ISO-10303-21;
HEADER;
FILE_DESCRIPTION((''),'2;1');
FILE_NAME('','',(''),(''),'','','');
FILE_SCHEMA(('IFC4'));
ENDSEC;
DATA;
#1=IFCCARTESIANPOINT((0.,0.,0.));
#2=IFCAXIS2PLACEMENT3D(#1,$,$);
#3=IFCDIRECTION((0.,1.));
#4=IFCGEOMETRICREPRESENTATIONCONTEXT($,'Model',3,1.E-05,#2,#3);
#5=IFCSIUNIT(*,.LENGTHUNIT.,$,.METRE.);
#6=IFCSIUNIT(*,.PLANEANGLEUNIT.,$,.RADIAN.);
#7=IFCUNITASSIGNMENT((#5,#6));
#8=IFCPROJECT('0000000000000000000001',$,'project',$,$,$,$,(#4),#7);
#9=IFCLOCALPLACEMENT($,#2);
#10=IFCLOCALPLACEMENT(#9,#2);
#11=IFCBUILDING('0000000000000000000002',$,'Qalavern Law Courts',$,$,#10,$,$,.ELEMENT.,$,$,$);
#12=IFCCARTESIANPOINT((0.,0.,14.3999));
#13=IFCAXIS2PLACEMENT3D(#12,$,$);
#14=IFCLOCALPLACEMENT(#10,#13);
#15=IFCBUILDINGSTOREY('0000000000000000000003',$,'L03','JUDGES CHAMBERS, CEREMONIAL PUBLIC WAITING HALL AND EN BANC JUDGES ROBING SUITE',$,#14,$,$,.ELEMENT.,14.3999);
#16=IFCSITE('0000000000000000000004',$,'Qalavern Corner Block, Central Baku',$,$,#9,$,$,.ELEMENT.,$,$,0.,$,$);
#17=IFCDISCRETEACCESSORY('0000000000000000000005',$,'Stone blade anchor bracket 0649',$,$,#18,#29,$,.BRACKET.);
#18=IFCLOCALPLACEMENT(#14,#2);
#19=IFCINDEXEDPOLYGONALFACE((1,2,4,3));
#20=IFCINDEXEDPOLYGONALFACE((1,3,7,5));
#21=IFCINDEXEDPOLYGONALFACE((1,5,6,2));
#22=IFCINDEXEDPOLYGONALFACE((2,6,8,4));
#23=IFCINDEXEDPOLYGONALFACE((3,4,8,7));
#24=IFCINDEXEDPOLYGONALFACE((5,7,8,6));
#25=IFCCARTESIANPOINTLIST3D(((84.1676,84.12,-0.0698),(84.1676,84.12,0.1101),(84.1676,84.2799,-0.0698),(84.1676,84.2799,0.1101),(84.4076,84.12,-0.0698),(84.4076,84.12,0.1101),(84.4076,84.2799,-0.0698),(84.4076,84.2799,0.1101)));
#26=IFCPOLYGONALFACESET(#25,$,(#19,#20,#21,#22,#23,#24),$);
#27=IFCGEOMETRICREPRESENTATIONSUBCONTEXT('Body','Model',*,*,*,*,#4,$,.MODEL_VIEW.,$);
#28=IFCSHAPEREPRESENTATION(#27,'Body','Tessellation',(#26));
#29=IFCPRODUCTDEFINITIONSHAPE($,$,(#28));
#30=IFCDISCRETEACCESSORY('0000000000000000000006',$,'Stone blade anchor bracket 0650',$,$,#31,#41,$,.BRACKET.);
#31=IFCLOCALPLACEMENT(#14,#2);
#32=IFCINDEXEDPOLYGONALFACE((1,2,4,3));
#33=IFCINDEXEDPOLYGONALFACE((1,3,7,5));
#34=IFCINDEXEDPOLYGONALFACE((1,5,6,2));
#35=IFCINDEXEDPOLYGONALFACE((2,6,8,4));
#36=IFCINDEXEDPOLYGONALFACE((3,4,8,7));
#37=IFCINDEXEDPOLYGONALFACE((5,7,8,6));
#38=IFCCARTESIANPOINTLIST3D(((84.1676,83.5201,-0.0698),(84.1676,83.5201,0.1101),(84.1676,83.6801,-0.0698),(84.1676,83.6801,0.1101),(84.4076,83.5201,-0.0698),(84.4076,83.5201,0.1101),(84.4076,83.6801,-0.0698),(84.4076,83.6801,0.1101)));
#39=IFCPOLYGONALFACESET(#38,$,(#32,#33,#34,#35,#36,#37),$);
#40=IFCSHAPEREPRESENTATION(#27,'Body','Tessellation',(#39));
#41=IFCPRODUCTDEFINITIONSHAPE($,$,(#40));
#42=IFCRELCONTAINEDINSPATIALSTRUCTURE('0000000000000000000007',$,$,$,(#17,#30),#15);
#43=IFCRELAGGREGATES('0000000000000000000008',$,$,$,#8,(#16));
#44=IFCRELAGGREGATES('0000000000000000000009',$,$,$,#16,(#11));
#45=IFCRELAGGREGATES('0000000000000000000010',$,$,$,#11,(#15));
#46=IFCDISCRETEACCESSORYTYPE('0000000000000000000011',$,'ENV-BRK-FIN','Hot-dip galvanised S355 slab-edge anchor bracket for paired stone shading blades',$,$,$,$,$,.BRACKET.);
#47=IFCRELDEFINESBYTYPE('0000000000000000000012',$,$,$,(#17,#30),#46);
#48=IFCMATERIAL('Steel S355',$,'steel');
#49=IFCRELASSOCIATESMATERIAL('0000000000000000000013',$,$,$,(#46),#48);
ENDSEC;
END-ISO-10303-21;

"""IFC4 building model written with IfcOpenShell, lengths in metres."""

from ifc_helpers import new_model, si_unit, direction, frame, origin, origin_2d, place, context, subcontext, project, spatial, rectangle, extrude, material, type_object, element, save


model = new_model("IFC4")

# Units and contexts
model_context = context("Model", 3, precision=1e-05, world=origin(), true_north=direction((0.0, 1.0)))
body_context = subcontext(model_context, "Body", "Model", "MODEL_VIEW")
ifc_project = project(units=[si_unit("LENGTHUNIT", "METRE"), si_unit("PLANEANGLEUNIT", "RADIAN")], contexts=[model_context])

# Site, building, storey
site_placement = place(None, origin())
site = spatial("IfcSite", under=ifc_project, at=site_placement, Name="Qalavern Corner Block, Central Baku", CompositionType="ELEMENT", RefElevation=0.0)
building_placement = place(site_placement, origin())
building = spatial("IfcBuilding", under=site, at=building_placement, Name="Qalavern Law Courts", CompositionType="ELEMENT")
storey_placement = place(building_placement, frame((0.0, 0.0, 14.3999)))
storey = spatial("IfcBuildingStorey", under=building, at=storey_placement, Name="L03", Description="JUDGES CHAMBERS, CEREMONIAL PUBLIC WAITING HALL AND EN BANC JUDGES ROBING SUITE", CompositionType="ELEMENT", Elevation=14.3999)

# Discrete accessories
ifc_material_1 = material(Name="Steel S355", Category="steel")
discrete_accessory_type = type_object("IfcDiscreteAccessoryType", Name="ENV-BRK-FIN", Description="Hot-dip galvanised S355 slab-edge anchor bracket for paired stone shading blades", PredefinedType="BRACKET", material=ifc_material_1)
for number, where, z_axis, x_axis, name in (
    (1, (84.2876, 84.2, -0.0698), (0.0, 0.0, 1.0), (-1.0, 0.0, 0.0), "Stone blade anchor bracket 0649"),
    (2, (84.2876, 83.6001, -0.0698), (0.0, 0.0, 1.0), (-1.0, 0.0, 0.0), "Stone blade anchor bracket 0650"),
):
    element("IfcDiscreteAccessory", number, at=place(storey_placement, frame(where, z_axis=z_axis, x_axis=x_axis)), inside=storey, type_object=discrete_accessory_type, Name=name, PredefinedType="BRACKET", context=body_context, shape_type="SweptSolid", body=[
        extrude(rectangle(XDim=0.24, YDim=0.1599, at=origin_2d()), origin(), (0.0, 0.0, 1.0), 0.1799),
    ])

save(model, "model.ifc")
